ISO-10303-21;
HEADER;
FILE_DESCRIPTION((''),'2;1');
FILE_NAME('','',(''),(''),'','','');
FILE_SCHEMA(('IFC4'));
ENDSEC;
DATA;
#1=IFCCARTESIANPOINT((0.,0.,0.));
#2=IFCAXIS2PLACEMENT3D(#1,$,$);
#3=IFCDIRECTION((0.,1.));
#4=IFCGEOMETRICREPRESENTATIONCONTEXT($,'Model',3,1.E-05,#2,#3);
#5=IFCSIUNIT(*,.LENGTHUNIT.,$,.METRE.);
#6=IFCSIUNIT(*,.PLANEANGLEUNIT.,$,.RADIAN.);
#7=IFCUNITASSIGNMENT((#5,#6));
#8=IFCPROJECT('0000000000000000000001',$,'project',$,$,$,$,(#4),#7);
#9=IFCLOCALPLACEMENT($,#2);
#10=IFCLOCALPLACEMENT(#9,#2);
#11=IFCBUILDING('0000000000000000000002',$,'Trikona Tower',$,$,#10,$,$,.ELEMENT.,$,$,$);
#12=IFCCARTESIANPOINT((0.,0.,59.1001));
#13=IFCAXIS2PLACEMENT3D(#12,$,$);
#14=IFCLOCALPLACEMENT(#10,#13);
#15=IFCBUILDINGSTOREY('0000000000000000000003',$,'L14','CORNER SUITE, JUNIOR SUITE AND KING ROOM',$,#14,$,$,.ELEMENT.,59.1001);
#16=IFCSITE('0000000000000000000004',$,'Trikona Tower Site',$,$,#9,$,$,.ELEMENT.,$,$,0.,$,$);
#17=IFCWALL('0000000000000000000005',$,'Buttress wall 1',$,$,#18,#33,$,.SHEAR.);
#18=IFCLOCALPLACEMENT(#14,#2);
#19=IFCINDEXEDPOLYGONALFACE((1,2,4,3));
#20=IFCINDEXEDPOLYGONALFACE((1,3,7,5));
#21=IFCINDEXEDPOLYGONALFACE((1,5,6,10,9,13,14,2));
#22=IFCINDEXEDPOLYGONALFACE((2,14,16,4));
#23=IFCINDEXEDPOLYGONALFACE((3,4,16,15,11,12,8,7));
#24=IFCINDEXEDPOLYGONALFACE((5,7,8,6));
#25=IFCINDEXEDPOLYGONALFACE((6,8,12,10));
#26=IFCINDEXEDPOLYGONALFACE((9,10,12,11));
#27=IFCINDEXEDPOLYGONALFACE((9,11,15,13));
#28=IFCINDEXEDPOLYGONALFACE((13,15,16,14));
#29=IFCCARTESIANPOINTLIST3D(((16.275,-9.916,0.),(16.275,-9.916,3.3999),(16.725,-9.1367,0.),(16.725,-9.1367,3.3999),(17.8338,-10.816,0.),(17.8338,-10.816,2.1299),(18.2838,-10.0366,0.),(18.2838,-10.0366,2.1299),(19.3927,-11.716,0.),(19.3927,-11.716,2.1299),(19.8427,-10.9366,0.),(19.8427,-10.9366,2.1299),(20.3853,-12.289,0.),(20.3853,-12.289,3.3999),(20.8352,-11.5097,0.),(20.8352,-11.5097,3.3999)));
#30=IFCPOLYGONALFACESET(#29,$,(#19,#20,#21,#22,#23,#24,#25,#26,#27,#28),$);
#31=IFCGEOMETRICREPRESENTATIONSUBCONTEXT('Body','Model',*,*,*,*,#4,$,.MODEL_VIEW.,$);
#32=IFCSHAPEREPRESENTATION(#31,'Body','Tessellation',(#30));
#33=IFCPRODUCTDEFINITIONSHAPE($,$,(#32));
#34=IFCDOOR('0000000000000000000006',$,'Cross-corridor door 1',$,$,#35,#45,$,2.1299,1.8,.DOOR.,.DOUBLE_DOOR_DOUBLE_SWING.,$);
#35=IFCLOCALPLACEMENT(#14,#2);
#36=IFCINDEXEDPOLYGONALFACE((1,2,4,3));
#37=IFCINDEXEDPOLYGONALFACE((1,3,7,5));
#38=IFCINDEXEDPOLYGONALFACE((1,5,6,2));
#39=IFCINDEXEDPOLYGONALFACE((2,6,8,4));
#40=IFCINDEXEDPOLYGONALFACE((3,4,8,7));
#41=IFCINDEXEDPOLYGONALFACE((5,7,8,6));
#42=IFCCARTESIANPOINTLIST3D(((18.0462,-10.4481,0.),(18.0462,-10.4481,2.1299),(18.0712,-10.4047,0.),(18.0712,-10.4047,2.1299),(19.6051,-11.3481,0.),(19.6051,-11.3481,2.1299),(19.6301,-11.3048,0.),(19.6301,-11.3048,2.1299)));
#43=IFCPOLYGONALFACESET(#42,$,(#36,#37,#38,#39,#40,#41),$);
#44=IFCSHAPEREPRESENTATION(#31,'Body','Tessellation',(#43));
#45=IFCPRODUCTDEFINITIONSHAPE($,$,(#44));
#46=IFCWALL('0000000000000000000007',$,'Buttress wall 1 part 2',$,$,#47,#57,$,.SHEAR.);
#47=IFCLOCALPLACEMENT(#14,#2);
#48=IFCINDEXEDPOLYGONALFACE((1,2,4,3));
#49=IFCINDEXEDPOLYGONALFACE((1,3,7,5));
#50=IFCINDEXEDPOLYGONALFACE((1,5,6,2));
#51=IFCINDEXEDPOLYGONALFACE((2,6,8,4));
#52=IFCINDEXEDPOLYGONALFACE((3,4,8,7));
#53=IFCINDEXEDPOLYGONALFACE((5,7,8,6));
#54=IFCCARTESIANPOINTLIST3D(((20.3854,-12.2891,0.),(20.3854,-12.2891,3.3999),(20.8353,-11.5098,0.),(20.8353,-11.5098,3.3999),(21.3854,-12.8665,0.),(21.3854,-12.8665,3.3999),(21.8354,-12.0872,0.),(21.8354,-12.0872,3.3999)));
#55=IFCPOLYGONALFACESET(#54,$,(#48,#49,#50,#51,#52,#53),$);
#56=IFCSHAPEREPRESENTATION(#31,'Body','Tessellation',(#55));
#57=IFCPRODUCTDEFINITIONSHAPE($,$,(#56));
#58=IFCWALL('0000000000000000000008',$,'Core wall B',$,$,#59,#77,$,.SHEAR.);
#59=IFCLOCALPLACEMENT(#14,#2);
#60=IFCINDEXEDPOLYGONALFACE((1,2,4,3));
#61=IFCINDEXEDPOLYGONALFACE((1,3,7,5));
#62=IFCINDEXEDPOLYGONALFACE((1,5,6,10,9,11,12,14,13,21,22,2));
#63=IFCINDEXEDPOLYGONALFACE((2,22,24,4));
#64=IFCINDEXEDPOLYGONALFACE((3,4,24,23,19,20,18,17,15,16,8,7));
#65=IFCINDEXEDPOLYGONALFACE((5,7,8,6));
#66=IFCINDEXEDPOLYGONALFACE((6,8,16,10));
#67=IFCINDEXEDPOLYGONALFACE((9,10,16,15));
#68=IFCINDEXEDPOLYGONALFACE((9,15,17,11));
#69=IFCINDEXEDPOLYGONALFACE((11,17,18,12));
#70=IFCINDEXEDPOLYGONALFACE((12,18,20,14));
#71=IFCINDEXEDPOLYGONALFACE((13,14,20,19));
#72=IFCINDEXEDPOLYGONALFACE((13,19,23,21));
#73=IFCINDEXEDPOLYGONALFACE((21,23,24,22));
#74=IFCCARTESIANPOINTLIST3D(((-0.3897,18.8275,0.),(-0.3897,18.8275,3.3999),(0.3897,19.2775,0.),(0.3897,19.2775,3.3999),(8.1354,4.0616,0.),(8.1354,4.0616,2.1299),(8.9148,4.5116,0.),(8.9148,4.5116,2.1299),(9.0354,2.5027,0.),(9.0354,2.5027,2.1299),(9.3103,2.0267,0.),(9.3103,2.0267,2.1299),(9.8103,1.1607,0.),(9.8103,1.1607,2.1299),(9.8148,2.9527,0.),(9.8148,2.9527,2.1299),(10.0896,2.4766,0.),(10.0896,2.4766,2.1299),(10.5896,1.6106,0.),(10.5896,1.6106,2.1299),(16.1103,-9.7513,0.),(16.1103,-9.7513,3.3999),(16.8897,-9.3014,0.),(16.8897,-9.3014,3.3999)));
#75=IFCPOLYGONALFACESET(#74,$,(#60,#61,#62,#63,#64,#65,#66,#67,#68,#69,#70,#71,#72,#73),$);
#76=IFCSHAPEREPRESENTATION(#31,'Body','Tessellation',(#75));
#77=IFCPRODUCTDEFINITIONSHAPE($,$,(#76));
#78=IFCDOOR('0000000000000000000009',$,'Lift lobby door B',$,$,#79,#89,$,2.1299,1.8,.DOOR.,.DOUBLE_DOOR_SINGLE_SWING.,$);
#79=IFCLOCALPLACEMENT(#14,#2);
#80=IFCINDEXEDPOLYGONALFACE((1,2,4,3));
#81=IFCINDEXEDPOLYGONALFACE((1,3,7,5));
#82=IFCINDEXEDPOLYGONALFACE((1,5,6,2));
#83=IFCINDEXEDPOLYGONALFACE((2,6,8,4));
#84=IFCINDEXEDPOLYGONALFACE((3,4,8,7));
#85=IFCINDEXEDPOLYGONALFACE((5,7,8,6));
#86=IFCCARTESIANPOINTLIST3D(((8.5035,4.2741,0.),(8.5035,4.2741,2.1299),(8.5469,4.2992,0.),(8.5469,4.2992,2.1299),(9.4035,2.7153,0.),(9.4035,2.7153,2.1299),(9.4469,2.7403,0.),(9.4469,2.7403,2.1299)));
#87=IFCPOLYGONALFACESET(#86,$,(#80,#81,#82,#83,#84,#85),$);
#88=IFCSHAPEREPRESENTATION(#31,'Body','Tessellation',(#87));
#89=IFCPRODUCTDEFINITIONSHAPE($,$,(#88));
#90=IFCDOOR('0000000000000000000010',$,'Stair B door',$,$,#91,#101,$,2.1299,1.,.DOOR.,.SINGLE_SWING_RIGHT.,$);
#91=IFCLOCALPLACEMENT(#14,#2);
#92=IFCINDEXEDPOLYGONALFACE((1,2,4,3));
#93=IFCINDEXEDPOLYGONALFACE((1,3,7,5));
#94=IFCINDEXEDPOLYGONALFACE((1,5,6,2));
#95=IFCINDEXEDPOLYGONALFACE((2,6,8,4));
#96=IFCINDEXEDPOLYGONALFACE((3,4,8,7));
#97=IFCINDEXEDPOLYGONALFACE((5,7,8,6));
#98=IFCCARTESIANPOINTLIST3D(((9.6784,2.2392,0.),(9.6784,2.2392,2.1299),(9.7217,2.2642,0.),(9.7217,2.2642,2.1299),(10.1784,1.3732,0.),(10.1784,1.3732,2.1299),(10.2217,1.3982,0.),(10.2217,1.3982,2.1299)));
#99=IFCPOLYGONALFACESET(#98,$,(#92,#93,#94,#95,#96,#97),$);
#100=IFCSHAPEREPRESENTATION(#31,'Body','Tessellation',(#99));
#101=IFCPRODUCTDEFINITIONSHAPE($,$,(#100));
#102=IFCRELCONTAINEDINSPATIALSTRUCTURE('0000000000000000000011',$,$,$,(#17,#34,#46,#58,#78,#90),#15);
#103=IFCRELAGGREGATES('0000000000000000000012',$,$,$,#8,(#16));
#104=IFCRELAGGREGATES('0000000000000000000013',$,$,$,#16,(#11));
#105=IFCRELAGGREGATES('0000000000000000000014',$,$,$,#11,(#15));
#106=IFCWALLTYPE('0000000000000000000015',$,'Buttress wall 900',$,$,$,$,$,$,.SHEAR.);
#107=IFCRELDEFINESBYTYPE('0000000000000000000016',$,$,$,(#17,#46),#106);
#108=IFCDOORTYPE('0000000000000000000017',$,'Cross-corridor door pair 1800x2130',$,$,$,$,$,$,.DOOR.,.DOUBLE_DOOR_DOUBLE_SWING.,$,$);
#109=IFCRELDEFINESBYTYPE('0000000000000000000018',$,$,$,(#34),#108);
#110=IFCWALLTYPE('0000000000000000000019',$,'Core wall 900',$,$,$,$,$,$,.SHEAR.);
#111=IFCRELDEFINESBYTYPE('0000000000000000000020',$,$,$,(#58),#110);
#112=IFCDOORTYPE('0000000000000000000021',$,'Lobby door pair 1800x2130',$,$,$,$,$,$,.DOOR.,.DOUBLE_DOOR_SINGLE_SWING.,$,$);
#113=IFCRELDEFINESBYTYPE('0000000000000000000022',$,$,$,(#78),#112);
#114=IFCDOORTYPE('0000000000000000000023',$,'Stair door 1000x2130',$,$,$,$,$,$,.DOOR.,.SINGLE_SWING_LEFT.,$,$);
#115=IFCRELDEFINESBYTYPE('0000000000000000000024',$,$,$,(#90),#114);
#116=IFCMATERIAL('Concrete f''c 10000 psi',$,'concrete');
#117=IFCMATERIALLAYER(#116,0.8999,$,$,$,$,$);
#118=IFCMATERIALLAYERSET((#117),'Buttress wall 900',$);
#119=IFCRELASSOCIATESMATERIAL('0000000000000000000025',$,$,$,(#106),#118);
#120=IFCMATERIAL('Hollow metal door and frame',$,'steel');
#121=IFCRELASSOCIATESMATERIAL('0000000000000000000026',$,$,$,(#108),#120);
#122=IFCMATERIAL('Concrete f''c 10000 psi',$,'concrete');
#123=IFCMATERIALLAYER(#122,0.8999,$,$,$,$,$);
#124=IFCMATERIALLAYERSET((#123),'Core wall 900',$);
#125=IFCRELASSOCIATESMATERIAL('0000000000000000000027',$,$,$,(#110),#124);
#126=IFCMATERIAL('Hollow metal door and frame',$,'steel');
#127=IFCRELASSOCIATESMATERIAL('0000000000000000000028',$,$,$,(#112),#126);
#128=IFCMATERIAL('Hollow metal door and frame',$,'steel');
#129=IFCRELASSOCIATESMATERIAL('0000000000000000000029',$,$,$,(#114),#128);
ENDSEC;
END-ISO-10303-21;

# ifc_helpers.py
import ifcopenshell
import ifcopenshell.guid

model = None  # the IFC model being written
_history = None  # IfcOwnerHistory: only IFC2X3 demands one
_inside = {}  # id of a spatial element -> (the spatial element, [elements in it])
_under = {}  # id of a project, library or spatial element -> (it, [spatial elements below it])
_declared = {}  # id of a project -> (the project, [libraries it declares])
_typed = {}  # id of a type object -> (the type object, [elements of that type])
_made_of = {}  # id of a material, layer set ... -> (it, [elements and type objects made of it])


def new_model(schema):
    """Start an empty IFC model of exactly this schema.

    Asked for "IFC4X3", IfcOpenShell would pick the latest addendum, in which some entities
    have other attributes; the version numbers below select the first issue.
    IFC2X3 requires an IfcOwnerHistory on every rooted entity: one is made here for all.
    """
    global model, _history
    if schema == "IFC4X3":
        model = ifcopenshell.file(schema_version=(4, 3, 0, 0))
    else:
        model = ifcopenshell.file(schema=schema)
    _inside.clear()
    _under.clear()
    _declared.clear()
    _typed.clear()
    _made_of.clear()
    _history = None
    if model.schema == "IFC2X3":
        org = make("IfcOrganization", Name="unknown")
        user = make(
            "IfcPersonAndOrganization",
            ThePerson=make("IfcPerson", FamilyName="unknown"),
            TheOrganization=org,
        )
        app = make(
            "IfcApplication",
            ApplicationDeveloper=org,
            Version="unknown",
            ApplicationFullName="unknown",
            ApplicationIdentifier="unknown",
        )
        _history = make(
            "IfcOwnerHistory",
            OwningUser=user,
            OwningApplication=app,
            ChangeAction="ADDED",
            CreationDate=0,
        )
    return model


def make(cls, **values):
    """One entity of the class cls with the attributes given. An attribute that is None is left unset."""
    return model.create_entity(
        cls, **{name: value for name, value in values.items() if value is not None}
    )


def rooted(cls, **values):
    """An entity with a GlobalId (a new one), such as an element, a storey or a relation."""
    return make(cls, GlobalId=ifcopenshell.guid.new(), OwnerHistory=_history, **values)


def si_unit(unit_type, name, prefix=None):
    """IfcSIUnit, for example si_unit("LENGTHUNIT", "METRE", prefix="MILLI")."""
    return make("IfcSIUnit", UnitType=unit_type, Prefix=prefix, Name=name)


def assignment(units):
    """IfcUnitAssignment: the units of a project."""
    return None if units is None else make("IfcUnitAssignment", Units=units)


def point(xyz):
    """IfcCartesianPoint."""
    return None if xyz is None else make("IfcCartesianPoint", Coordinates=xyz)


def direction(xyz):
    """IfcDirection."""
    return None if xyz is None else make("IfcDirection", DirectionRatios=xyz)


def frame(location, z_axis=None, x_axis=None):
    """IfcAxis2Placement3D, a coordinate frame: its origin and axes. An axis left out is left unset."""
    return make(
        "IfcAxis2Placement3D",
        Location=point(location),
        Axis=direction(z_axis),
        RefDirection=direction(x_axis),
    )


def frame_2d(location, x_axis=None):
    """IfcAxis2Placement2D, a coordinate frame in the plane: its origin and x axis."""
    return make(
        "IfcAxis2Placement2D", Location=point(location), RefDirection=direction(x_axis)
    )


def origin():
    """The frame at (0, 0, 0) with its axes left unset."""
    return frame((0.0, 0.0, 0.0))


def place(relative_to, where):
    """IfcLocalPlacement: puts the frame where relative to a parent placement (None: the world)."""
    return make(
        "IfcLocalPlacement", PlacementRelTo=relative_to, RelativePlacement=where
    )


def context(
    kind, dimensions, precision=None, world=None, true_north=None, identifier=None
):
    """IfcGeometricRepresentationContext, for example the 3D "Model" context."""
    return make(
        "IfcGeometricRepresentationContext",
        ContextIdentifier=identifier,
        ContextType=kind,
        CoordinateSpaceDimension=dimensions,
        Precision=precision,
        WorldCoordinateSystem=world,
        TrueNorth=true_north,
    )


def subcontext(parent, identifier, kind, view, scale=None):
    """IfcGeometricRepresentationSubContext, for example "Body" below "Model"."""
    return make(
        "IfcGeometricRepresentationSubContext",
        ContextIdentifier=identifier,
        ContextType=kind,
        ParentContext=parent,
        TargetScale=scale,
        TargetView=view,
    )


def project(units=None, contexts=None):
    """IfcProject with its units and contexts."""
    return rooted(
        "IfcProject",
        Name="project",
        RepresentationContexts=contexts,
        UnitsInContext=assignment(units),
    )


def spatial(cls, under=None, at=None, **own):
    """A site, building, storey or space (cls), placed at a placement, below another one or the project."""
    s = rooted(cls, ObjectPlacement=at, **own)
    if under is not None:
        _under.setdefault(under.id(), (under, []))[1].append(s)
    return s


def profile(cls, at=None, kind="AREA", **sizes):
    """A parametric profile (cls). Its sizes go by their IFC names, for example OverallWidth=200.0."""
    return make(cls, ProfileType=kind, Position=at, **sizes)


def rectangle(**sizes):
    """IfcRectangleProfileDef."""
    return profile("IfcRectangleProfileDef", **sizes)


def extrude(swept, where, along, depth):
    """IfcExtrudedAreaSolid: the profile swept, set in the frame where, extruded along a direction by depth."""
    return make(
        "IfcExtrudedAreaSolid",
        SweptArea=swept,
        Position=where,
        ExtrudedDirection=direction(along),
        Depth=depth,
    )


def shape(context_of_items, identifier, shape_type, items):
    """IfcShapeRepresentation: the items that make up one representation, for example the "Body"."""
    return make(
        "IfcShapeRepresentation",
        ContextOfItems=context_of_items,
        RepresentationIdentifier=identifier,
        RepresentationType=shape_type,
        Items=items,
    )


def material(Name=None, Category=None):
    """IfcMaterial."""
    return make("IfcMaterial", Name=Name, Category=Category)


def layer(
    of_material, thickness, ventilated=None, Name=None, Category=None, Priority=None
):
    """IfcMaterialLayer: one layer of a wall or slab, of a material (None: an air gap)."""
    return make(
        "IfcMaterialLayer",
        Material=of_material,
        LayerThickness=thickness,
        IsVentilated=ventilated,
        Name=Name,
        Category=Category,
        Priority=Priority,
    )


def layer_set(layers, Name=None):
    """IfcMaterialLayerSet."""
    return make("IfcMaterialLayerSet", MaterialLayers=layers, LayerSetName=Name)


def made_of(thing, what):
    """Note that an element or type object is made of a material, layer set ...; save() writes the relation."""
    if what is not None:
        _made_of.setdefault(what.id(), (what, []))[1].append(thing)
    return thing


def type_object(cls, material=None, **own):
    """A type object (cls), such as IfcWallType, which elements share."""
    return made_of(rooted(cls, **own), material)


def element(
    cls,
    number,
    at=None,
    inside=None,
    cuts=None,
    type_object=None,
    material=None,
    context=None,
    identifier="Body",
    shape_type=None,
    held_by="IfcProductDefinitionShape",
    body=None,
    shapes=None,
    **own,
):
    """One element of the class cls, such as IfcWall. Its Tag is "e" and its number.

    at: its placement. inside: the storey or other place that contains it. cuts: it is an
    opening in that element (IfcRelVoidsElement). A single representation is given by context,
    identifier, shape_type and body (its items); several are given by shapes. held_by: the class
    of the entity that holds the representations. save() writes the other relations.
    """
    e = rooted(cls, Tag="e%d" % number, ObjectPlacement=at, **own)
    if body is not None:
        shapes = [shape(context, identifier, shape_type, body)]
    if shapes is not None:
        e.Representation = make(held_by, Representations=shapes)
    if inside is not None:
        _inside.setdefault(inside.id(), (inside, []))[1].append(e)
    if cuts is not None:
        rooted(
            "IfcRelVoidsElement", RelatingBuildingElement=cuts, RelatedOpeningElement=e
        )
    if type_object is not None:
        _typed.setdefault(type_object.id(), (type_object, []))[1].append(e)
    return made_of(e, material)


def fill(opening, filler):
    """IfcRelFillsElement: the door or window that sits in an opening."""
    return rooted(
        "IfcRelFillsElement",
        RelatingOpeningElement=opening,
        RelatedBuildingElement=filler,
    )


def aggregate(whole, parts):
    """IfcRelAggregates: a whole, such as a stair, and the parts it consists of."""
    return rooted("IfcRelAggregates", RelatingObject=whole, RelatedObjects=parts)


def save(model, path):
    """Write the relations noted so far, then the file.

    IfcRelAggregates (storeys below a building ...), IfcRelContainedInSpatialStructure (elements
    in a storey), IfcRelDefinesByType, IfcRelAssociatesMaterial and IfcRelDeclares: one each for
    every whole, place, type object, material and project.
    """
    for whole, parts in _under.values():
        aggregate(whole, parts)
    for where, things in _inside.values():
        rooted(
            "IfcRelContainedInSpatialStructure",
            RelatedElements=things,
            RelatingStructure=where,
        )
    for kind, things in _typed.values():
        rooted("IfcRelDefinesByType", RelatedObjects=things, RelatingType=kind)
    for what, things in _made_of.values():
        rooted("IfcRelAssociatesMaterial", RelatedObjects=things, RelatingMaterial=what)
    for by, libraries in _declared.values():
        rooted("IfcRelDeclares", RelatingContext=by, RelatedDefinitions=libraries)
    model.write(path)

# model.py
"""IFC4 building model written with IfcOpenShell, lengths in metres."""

from ifc_helpers import new_model, si_unit, direction, frame, frame_2d, origin, place, context, subcontext, project, spatial, rectangle, extrude, material, layer, layer_set, type_object, element, fill, save


model = new_model("IFC4")

# Units and contexts
model_context = context("Model", 3, precision=1e-05, world=origin(), true_north=direction((0.0, 1.0)))
body_context = subcontext(model_context, "Body", "Model", "MODEL_VIEW")
ifc_project = project(units=[si_unit("LENGTHUNIT", "METRE"), si_unit("PLANEANGLEUNIT", "RADIAN")], contexts=[model_context])

# Site, building, storey
site_placement = place(None, origin())
site = spatial("IfcSite", under=ifc_project, at=site_placement, Name="Trikona Tower Site", CompositionType="ELEMENT", RefElevation=0.0)
building_placement = place(site_placement, origin())
building = spatial("IfcBuilding", under=site, at=building_placement, Name="Trikona Tower", CompositionType="ELEMENT")
storey_placement = place(building_placement, frame((0.0, 0.0, 59.1001)))
storey = spatial("IfcBuildingStorey", under=building, at=storey_placement, Name="L14", Description="CORNER SUITE, JUNIOR SUITE AND KING ROOM", CompositionType="ELEMENT", Elevation=59.1001)

# Wall, opening, door
ifc_material_1 = material(Name="Concrete f'c 10000 psi", Category="concrete")
ifc_layer_1 = layer(ifc_material_1, 0.8999)
ifc_layer_set_1 = layer_set([ifc_layer_1], Name="Buttress wall 900")
wall_type_1 = type_object("IfcWallType", Name="Buttress wall 900", PredefinedType="SHEAR", material=ifc_layer_set_1)
wall_1_placement = place(storey_placement, frame((16.5, -9.5264, 0.0), z_axis=(0.0, 0.0, 1.0), x_axis=(0.866031, -0.49999, 0.0)))
wall_1 = element("IfcWall", 1, at=wall_1_placement, inside=storey, type_object=wall_type_1, Name="Buttress wall 1", PredefinedType="SHEAR", context=body_context, shape_type="SweptSolid", body=[
    extrude(rectangle(XDim=4.7461, YDim=0.8999, at=frame_2d((2.373, 0.0))), origin(), (0.0, 0.0, 1.0), 3.3999),
])
opening_1_placement = place(wall_1_placement, frame((1.8, 0.0, 0.0)))
opening_1 = element("IfcOpeningElement", 2, at=opening_1_placement, cuts=wall_1, PredefinedType="OPENING", context=body_context, shape_type="SweptSolid", body=[
    extrude(rectangle(XDim=1.8, YDim=2.1299, at=frame_2d((0.8999, 1.0649))), frame((0.0, 0.46, 0.0), z_axis=(0.0, -1.0, 0.0), x_axis=(1.0, 0.0, 0.0)), (0.0, 0.0, 1.0), 0.9199),
])
ifc_material_2 = material(Name="Hollow metal door and frame", Category="steel")
door_type_1 = type_object("IfcDoorType", Name="Cross-corridor door pair 1800x2130", OperationType="DOUBLE_DOOR_DOUBLE_SWING", PredefinedType="DOOR", material=ifc_material_2)
door_1_placement = place(opening_1_placement, origin())
door_1 = element("IfcDoor", 3, at=door_1_placement, inside=storey, type_object=door_type_1, Name="Cross-corridor door 1", OperationType="DOUBLE_DOOR_DOUBLE_SWING", OverallHeight=2.1299, OverallWidth=1.8, PredefinedType="DOOR", context=body_context, shape_type="SweptSolid", body=[
    extrude(rectangle(XDim=1.8, YDim=2.1299, at=frame_2d((0.8999, 1.0649))), frame((0.0, 0.0249, 0.0), z_axis=(0.0, -1.0, 0.0), x_axis=(1.0, 0.0, 0.0)), (0.0, 0.0, 1.0), 0.05),
])
fill(opening_1, door_1)

# Wall
wall_2_placement = place(storey_placement, frame((20.6104, -11.8994, 0.0), z_axis=(0.0, 0.0, 1.0), x_axis=(0.86601, -0.500027, 0.0)))
element("IfcWall", 4, at=wall_2_placement, inside=storey, type_object=wall_type_1, Name="Buttress wall 1 part 2", PredefinedType="SHEAR", context=body_context, shape_type="SweptSolid", body=[
    extrude(rectangle(XDim=1.1548, YDim=0.8999, at=frame_2d((0.5774, 0.0))), origin(), (0.0, 0.0, 1.0), 3.3999),
])

# Wall, openings, doors
ifc_material_3 = material(Name="Concrete f'c 10000 psi", Category="concrete")
ifc_layer_2 = layer(ifc_material_3, 0.8999)
ifc_layer_set_2 = layer_set([ifc_layer_2], Name="Core wall 900")
wall_type_2 = type_object("IfcWallType", Name="Core wall 900", PredefinedType="SHEAR", material=ifc_layer_set_2)
wall_3_placement = place(storey_placement, frame((16.5, -9.5264, 0.0), z_axis=(0.0, 0.0, 1.0), x_axis=(-0.5, 0.866026, 0.0)))
wall_3 = element("IfcWall", 5, at=wall_3_placement, inside=storey, type_object=wall_type_2, Name="Core wall B", PredefinedType="SHEAR", context=body_context, shape_type="SweptSolid", body=[
    extrude(rectangle(XDim=33.0, YDim=0.8999, at=frame_2d((16.5, 0.0))), origin(), (0.0, 0.0, 1.0), 3.3999),
])
opening_2_placement = place(wall_3_placement, frame((14.1499, 0.0, 0.0)))
opening_2 = element("IfcOpeningElement", 6, at=opening_2_placement, cuts=wall_3, PredefinedType="OPENING", context=body_context, shape_type="SweptSolid", body=[
    extrude(rectangle(XDim=1.8, YDim=2.1299, at=frame_2d((0.8999, 1.0649))), frame((0.0, 0.46, 0.0), z_axis=(0.0, -1.0, 0.0), x_axis=(1.0, 0.0, 0.0)), (0.0, 0.0, 1.0), 0.9199),
])
opening_3_placement = place(wall_3_placement, frame((12.6001, 0.0, 0.0)))
opening_3 = element("IfcOpeningElement", 7, at=opening_3_placement, cuts=wall_3, PredefinedType="OPENING", context=body_context, shape_type="SweptSolid", body=[
    extrude(rectangle(XDim=1.0, YDim=2.1299, at=frame_2d((0.5, 1.0649))), frame((0.0, 0.46, 0.0), z_axis=(0.0, -1.0, 0.0), x_axis=(1.0, 0.0, 0.0)), (0.0, 0.0, 1.0), 0.9199),
])
ifc_material_4 = material(Name="Hollow metal door and frame", Category="steel")
door_type_2 = type_object("IfcDoorType", Name="Lobby door pair 1800x2130", OperationType="DOUBLE_DOOR_SINGLE_SWING", PredefinedType="DOOR", material=ifc_material_4)
door_2_placement = place(opening_2_placement, origin())
door_2 = element("IfcDoor", 8, at=door_2_placement, inside=storey, type_object=door_type_2, Name="Lift lobby door B", OperationType="DOUBLE_DOOR_SINGLE_SWING", OverallHeight=2.1299, OverallWidth=1.8, PredefinedType="DOOR", context=body_context, shape_type="SweptSolid", body=[
    extrude(rectangle(XDim=1.8, YDim=2.1299, at=frame_2d((0.8999, 1.0649))), frame((0.0, 0.0249, 0.0), z_axis=(0.0, -1.0, 0.0), x_axis=(1.0, 0.0, 0.0)), (0.0, 0.0, 1.0), 0.05),
])
fill(opening_2, door_2)
ifc_material_5 = material(Name="Hollow metal door and frame", Category="steel")
door_type_3 = type_object("IfcDoorType", Name="Stair door 1000x2130", OperationType="SINGLE_SWING_LEFT", PredefinedType="DOOR", material=ifc_material_5)
door_3_placement = place(opening_3_placement, origin())
door_3 = element("IfcDoor", 9, at=door_3_placement, inside=storey, type_object=door_type_3, Name="Stair B door", OperationType="SINGLE_SWING_RIGHT", OverallHeight=2.1299, OverallWidth=1.0, PredefinedType="DOOR", context=body_context, shape_type="SweptSolid", body=[
    extrude(rectangle(XDim=1.0, YDim=2.1299, at=frame_2d((0.5, 1.0649))), frame((0.0, 0.0249, 0.0), z_axis=(0.0, -1.0, 0.0), x_axis=(1.0, 0.0, 0.0)), (0.0, 0.0, 1.0), 0.05),
])
fill(opening_3, door_3)

save(model, "model.ifc")
